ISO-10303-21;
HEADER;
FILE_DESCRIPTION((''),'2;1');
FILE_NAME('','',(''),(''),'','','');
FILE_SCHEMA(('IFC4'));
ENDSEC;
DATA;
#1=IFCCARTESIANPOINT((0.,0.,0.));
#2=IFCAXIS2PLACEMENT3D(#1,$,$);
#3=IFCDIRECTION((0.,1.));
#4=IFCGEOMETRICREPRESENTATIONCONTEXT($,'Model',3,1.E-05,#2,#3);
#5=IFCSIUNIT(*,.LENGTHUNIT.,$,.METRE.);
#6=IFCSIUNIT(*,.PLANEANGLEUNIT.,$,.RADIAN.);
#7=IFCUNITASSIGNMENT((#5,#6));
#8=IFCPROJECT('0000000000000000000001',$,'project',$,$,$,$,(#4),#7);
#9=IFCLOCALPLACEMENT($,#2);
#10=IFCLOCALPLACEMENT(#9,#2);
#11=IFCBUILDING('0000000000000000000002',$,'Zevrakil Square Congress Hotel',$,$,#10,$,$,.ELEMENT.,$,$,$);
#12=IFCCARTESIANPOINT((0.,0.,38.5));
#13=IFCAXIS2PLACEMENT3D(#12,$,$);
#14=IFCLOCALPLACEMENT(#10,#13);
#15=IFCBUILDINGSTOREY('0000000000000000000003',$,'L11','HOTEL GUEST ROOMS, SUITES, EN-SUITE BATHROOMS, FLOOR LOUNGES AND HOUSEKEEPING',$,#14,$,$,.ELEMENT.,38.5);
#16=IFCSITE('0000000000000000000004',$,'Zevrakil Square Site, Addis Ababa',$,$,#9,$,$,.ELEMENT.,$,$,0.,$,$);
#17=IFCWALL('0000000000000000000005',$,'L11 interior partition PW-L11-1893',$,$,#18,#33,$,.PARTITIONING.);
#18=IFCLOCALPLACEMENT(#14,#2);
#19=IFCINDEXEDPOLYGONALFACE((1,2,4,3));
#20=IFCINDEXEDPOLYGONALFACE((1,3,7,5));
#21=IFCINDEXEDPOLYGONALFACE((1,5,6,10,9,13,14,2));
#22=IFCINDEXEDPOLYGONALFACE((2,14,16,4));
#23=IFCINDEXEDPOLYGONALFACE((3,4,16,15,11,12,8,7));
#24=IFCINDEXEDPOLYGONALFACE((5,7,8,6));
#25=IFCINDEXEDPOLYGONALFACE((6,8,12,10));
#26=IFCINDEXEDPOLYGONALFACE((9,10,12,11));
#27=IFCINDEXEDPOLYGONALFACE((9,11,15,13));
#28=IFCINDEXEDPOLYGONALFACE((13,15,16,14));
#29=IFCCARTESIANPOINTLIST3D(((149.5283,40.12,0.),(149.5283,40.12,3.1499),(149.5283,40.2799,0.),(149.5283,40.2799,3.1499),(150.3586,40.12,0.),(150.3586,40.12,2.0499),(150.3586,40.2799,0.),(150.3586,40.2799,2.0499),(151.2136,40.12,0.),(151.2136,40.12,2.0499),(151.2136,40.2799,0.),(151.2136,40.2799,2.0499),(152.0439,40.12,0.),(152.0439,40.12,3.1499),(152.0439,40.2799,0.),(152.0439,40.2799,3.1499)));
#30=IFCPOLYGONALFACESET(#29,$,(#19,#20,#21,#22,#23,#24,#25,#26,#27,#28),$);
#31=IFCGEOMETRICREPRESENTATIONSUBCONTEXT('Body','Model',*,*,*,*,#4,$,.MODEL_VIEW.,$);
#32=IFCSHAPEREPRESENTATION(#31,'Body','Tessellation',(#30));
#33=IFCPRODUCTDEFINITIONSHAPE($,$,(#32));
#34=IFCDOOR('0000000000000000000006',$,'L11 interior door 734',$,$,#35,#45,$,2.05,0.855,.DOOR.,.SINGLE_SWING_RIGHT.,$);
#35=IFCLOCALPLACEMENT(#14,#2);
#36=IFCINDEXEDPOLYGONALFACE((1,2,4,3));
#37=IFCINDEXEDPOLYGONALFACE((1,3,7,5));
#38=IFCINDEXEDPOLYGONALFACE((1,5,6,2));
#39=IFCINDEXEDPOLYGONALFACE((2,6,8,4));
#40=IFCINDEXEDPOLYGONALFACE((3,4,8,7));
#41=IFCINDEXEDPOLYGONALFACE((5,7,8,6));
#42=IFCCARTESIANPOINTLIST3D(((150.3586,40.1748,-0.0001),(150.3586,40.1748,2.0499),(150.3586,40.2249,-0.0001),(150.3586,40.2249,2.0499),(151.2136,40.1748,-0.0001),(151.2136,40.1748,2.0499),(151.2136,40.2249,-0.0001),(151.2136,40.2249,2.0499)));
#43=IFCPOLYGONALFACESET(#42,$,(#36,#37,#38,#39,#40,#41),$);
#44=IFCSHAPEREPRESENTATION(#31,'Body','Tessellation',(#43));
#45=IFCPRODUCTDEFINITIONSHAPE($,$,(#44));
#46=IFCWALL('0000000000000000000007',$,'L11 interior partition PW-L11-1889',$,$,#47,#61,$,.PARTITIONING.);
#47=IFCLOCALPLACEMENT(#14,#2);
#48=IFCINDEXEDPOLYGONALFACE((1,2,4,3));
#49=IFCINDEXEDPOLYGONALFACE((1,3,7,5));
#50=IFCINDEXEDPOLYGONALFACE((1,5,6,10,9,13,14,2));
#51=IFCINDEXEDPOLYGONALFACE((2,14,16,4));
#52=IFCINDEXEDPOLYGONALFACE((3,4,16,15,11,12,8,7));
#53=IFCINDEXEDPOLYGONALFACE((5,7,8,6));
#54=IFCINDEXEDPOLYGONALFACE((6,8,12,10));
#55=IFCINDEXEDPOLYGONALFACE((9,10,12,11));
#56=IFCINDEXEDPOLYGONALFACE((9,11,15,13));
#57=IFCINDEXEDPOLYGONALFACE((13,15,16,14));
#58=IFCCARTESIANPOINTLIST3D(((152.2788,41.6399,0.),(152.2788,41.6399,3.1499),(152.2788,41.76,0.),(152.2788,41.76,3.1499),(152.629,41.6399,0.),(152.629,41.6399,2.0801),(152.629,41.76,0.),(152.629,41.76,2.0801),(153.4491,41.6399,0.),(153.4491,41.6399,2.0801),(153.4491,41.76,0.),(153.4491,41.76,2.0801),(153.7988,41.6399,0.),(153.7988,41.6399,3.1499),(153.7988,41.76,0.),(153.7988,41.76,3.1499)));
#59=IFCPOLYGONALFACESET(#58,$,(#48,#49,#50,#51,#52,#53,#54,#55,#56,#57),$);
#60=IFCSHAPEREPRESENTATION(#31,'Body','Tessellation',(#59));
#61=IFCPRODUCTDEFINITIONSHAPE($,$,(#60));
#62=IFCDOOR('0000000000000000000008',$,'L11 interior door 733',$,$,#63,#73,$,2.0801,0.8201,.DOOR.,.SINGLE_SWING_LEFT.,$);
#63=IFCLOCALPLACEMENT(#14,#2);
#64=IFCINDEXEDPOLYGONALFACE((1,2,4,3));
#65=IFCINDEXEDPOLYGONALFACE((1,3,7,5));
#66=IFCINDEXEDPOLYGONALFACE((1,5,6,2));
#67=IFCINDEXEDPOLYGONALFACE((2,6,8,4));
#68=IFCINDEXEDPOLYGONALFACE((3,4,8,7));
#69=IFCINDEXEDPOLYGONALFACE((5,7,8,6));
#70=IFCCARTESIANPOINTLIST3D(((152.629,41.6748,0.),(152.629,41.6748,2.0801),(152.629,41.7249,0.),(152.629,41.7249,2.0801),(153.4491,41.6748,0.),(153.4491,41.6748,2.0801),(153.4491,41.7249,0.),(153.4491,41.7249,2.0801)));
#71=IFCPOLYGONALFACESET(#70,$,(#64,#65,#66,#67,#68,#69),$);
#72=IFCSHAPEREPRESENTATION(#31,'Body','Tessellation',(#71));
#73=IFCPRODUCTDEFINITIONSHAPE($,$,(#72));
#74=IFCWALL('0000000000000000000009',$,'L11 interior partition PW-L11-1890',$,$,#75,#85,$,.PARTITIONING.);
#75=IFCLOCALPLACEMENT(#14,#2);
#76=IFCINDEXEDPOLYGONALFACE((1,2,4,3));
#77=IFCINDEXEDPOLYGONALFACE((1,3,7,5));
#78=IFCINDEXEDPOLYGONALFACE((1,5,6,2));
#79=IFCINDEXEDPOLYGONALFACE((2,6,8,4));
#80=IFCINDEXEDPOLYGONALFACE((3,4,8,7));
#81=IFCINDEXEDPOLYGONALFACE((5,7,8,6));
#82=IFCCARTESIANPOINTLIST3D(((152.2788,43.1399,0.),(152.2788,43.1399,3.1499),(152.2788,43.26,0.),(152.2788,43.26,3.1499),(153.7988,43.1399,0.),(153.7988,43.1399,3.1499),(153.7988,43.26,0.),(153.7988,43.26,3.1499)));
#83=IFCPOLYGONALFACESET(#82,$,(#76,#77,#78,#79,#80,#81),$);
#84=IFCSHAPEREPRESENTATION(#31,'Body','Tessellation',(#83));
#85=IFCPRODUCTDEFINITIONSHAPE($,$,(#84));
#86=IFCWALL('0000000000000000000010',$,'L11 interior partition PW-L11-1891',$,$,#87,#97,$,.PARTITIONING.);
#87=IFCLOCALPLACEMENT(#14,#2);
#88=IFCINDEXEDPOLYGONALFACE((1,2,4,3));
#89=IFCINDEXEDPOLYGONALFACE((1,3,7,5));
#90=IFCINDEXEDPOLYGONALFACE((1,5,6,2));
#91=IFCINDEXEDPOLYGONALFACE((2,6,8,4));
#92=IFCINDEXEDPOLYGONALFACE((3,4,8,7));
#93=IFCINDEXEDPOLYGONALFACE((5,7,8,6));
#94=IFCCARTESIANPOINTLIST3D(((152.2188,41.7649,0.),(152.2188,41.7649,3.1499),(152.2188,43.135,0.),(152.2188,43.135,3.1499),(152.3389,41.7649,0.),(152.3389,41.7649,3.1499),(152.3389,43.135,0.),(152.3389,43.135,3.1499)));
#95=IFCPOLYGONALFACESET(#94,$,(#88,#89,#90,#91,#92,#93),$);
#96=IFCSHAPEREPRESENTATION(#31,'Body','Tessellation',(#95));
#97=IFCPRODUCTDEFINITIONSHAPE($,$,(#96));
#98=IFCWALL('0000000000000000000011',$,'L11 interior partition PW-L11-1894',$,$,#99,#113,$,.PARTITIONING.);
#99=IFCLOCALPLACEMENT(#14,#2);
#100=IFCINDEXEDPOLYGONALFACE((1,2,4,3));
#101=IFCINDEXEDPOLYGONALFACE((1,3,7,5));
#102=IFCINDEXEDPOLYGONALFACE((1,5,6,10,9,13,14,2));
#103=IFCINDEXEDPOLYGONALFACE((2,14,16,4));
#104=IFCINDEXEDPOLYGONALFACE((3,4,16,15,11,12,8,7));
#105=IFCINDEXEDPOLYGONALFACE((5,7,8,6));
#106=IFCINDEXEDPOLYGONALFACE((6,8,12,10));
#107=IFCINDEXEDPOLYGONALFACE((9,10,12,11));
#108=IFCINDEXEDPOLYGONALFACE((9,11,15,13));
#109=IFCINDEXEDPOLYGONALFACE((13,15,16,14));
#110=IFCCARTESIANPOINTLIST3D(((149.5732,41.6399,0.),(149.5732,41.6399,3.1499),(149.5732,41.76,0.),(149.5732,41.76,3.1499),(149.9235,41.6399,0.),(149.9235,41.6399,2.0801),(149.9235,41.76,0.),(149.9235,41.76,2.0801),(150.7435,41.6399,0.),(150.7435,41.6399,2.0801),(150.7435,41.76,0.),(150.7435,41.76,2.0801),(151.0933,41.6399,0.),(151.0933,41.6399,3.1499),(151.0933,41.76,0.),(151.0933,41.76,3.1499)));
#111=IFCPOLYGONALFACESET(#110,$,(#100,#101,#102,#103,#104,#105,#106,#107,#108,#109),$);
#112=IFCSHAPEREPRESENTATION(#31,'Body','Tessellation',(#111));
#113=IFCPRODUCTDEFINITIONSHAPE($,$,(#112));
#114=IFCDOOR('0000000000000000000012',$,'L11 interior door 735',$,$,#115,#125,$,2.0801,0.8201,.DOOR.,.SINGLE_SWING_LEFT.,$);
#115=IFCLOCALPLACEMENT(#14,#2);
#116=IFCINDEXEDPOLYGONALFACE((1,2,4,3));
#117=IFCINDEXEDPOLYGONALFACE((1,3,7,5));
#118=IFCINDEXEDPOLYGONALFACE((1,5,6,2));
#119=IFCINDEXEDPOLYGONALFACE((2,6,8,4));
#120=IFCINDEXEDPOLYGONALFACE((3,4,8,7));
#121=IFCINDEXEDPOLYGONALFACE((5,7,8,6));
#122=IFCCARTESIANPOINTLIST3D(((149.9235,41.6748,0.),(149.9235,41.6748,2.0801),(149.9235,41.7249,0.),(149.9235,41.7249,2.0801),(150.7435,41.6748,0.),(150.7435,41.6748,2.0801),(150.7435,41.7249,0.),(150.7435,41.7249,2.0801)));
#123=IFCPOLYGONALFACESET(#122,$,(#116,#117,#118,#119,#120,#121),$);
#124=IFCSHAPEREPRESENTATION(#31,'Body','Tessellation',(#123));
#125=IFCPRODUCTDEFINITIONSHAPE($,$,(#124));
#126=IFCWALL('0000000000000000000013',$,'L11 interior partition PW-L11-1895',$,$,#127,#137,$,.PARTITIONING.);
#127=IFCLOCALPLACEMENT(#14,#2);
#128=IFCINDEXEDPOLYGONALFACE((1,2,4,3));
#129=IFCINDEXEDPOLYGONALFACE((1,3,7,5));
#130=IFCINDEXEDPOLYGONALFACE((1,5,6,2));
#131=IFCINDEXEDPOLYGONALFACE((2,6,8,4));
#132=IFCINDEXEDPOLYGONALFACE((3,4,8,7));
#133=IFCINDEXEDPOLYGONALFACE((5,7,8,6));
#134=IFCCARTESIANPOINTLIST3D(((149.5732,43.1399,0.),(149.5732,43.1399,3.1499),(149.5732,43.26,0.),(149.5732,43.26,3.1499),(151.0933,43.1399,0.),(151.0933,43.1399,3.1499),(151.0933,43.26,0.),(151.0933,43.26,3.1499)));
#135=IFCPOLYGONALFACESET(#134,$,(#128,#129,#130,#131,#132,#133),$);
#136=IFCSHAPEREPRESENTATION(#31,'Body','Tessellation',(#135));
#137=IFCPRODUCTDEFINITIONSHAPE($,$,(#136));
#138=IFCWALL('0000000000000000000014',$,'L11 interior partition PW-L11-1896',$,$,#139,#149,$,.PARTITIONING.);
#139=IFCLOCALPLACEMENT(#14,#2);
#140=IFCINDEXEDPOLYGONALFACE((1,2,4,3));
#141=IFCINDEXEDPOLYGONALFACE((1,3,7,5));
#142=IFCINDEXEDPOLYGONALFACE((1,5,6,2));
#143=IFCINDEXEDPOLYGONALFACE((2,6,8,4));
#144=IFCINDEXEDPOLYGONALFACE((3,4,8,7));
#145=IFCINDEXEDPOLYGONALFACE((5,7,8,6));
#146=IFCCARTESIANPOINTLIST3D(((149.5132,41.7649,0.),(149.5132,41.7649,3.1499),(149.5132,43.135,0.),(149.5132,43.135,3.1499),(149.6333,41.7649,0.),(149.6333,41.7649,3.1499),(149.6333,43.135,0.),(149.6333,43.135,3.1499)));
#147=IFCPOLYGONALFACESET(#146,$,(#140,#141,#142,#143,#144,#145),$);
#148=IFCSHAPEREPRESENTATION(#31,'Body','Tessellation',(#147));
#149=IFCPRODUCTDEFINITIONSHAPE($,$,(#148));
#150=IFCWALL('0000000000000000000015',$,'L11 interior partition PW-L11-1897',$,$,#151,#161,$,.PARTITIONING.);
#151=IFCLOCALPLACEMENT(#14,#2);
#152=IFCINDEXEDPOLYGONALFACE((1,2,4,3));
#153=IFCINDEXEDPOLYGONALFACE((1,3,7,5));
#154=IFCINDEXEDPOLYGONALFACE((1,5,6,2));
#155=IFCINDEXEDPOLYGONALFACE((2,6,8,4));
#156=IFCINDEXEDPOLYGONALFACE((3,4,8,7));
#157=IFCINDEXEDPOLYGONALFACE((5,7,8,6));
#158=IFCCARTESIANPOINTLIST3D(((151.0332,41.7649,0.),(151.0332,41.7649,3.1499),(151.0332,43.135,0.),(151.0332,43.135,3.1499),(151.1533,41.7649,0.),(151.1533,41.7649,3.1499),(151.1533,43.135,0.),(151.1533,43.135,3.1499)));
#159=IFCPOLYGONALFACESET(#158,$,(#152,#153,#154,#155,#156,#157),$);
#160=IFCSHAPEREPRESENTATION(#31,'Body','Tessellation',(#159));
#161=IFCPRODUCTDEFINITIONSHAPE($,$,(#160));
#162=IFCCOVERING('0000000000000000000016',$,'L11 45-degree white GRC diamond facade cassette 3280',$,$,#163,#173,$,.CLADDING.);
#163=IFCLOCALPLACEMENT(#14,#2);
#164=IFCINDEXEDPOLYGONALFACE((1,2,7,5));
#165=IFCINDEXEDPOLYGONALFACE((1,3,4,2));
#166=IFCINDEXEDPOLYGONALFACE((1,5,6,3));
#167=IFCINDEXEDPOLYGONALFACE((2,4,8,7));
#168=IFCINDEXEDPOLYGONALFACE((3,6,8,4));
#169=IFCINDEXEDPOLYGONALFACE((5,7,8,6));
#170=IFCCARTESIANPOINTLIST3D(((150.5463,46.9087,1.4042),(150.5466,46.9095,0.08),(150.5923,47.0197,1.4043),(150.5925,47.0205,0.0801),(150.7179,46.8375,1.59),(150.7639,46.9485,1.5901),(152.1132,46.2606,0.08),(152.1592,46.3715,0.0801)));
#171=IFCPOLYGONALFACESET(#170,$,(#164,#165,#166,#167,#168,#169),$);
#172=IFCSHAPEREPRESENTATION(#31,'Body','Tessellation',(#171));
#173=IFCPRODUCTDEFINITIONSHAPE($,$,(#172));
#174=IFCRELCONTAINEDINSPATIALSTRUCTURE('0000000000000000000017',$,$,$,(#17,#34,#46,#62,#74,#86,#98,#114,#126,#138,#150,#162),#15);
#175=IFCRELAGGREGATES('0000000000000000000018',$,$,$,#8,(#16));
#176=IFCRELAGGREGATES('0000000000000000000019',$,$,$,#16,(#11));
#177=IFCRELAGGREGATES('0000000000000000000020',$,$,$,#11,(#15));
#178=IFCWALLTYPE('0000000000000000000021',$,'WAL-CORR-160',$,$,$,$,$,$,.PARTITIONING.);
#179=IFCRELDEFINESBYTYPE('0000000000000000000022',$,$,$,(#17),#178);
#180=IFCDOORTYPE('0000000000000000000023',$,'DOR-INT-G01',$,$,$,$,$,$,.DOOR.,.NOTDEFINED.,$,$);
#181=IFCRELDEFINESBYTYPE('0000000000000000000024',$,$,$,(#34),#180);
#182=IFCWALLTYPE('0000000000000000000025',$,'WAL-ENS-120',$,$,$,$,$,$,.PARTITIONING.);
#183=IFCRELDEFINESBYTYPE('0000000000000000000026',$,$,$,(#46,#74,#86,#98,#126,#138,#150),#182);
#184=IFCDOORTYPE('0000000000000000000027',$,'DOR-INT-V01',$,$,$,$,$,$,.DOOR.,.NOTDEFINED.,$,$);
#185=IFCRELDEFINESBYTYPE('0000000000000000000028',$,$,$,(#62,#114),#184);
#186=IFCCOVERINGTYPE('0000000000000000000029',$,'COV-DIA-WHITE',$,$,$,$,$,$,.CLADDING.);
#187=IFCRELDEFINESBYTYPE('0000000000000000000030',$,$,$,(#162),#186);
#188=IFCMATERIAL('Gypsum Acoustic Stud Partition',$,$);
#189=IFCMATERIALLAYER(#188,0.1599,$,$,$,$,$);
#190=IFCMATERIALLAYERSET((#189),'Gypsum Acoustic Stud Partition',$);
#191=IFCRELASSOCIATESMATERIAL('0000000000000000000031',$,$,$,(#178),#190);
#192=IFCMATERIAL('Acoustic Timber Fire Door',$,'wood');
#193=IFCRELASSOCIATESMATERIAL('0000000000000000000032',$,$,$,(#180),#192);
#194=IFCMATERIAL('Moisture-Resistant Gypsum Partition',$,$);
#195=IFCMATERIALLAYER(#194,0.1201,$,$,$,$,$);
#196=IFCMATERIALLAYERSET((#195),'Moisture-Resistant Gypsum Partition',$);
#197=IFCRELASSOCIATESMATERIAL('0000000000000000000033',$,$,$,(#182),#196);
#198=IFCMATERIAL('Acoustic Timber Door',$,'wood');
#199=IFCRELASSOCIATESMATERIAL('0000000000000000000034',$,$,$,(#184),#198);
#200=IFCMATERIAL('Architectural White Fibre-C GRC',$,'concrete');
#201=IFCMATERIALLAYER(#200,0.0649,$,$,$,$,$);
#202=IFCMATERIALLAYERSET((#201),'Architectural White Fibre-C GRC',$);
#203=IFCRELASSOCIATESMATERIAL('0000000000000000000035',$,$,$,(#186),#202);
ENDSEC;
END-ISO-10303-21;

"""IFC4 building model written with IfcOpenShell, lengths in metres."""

from ifc_helpers import new_model, si_unit, direction, frame, frame_2d, origin, place, context, subcontext, project, spatial, polyline, rectangle, outline, extrude, material, layer, layer_set, type_object, element, fill, save


model = new_model("IFC4")

# Units and contexts
model_context = context("Model", 3, precision=1e-05, world=origin(), true_north=direction((0.0, 1.0)))
body_context = subcontext(model_context, "Body", "Model", "MODEL_VIEW")
ifc_project = project(units=[si_unit("LENGTHUNIT", "METRE"), si_unit("PLANEANGLEUNIT", "RADIAN")], contexts=[model_context])

# Site, building, storey
site_placement = place(None, origin())
site = spatial("IfcSite", under=ifc_project, at=site_placement, Name="Zevrakil Square Site, Addis Ababa", CompositionType="ELEMENT", RefElevation=0.0)
building_placement = place(site_placement, origin())
building = spatial("IfcBuilding", under=site, at=building_placement, Name="Zevrakil Square Congress Hotel", CompositionType="ELEMENT")
storey_placement = place(building_placement, frame((0.0, 0.0, 38.5)))
storey = spatial("IfcBuildingStorey", under=building, at=storey_placement, Name="L11", Description="HOTEL GUEST ROOMS, SUITES, EN-SUITE BATHROOMS, FLOOR LOUNGES AND HOUSEKEEPING", CompositionType="ELEMENT", Elevation=38.5)

# Walls, openings, doors
ifc_material_1 = material(Name="Gypsum Acoustic Stud Partition")
ifc_layer_1 = layer(ifc_material_1, 0.1599)
ifc_layer_set_1 = layer_set([ifc_layer_1], Name="Gypsum Acoustic Stud Partition")
wall_type_1 = type_object("IfcWallType", Name="WAL-CORR-160", PredefinedType="PARTITIONING", material=ifc_layer_set_1)
wall_1_placement = place(storey_placement, frame((149.5283, 40.2, 0.0), z_axis=(0.0, 0.0, 1.0), x_axis=(1.0, 0.0, 0.0)))
wall_1 = element("IfcWall", 1, at=wall_1_placement, inside=storey, type_object=wall_type_1, Name="L11 interior partition PW-L11-1893", PredefinedType="PARTITIONING", context=body_context, shape_type="SweptSolid", body=[
    extrude(rectangle(XDim=2.5156, YDim=0.1599, at=frame_2d((1.2578, 0.0))), origin(), (0.0, 0.0, 1.0), 3.1499),
])
opening_1_placement = place(wall_1_placement, frame((0.8303, 0.0, 0.0)))
opening_1 = element("IfcOpeningElement", 2, at=opening_1_placement, cuts=wall_1, PredefinedType="OPENING", context=body_context, shape_type="SweptSolid", body=[
    extrude(rectangle(XDim=0.855, YDim=2.05, at=frame_2d((0.4275, 1.0249))), frame((0.0, 0.0898, 0.0), z_axis=(0.0, -1.0, 0.0), x_axis=(1.0, 0.0, 0.0)), (0.0, 0.0, 1.0), 0.1799),
])
ifc_material_2 = material(Name="Acoustic Timber Fire Door", Category="wood")
door_type_1 = type_object("IfcDoorType", Name="DOR-INT-G01", OperationType="NOTDEFINED", PredefinedType="DOOR", material=ifc_material_2)
door_1_placement = place(opening_1_placement, origin())
door_1 = element("IfcDoor", 3, at=door_1_placement, inside=storey, type_object=door_type_1, Name="L11 interior door 734", OperationType="SINGLE_SWING_RIGHT", OverallHeight=2.05, OverallWidth=0.855, PredefinedType="DOOR", context=body_context, shape_type="SweptSolid", body=[
    extrude(rectangle(XDim=0.855, YDim=2.05, at=frame_2d((0.4275, 1.0249))), frame((0.0, 0.0249, 0.0), z_axis=(0.0, -1.0, 0.0), x_axis=(1.0, 0.0, 0.0)), (0.0, 0.0, 1.0), 0.05),
])
fill(opening_1, door_1)
ifc_material_3 = material(Name="Moisture-Resistant Gypsum Partition")
ifc_layer_2 = layer(ifc_material_3, 0.1201)
ifc_layer_set_2 = layer_set([ifc_layer_2], Name="Moisture-Resistant Gypsum Partition")
wall_type_2 = type_object("IfcWallType", Name="WAL-ENS-120", PredefinedType="PARTITIONING", material=ifc_layer_set_2)
wall_2_placement = place(storey_placement, frame((152.2788, 41.7, 0.0), z_axis=(0.0, 0.0, 1.0), x_axis=(1.0, 0.0, 0.0)))
wall_2 = element("IfcWall", 4, at=wall_2_placement, inside=storey, type_object=wall_type_2, Name="L11 interior partition PW-L11-1889", PredefinedType="PARTITIONING", context=body_context, shape_type="SweptSolid", body=[
    extrude(rectangle(XDim=1.52, YDim=0.1201, at=frame_2d((0.76, 0.0))), origin(), (0.0, 0.0, 1.0), 3.1499),
])
opening_2_placement = place(wall_2_placement, frame((0.3501, 0.0, 0.0)))
opening_2 = element("IfcOpeningElement", 5, at=opening_2_placement, cuts=wall_2, PredefinedType="OPENING", context=body_context, shape_type="SweptSolid", body=[
    extrude(rectangle(XDim=0.8201, YDim=2.0801, at=frame_2d((0.4102, 1.04))), frame((0.0, 0.0701, 0.0), z_axis=(0.0, -1.0, 0.0), x_axis=(1.0, 0.0, 0.0)), (0.0, 0.0, 1.0), 0.1401),
])
ifc_material_4 = material(Name="Acoustic Timber Door", Category="wood")
door_type_2 = type_object("IfcDoorType", Name="DOR-INT-V01", OperationType="NOTDEFINED", PredefinedType="DOOR", material=ifc_material_4)
door_2_placement = place(opening_2_placement, origin())
door_2 = element("IfcDoor", 6, at=door_2_placement, inside=storey, type_object=door_type_2, Name="L11 interior door 733", OperationType="SINGLE_SWING_LEFT", OverallHeight=2.0801, OverallWidth=0.8201, PredefinedType="DOOR", context=body_context, shape_type="SweptSolid", body=[
    extrude(rectangle(XDim=0.8201, YDim=2.0801, at=frame_2d((0.4102, 1.04))), frame((0.0, 0.0249, 0.0), z_axis=(0.0, -1.0, 0.0), x_axis=(1.0, 0.0, 0.0)), (0.0, 0.0, 1.0), 0.05),
])
fill(opening_2, door_2)

# Walls
wall_3_placement = place(storey_placement, frame((152.2788, 43.2, 0.0), z_axis=(0.0, 0.0, 1.0), x_axis=(1.0, 0.0, 0.0)))
element("IfcWall", 7, at=wall_3_placement, inside=storey, type_object=wall_type_2, Name="L11 interior partition PW-L11-1890", PredefinedType="PARTITIONING", context=body_context, shape_type="SweptSolid", body=[
    extrude(rectangle(XDim=1.52, YDim=0.1201, at=frame_2d((0.76, 0.0))), origin(), (0.0, 0.0, 1.0), 3.1499),
])
wall_4_placement = place(storey_placement, frame((152.2788, 41.7649, 0.0), z_axis=(0.0, 0.0, 1.0), x_axis=(0.0, 1.0, 0.0)))
element("IfcWall", 8, at=wall_4_placement, inside=storey, type_object=wall_type_2, Name="L11 interior partition PW-L11-1891", PredefinedType="PARTITIONING", context=body_context, shape_type="SweptSolid", body=[
    extrude(rectangle(XDim=1.3701, YDim=0.1201, at=frame_2d((0.6851, 0.0))), origin(), (0.0, 0.0, 1.0), 3.1499),
])

# Wall, opening, door
wall_5_placement = place(storey_placement, frame((149.5732, 41.7, 0.0), z_axis=(0.0, 0.0, 1.0), x_axis=(1.0, 0.0, 0.0)))
wall_5 = element("IfcWall", 9, at=wall_5_placement, inside=storey, type_object=wall_type_2, Name="L11 interior partition PW-L11-1894", PredefinedType="PARTITIONING", context=body_context, shape_type="SweptSolid", body=[
    extrude(rectangle(XDim=1.52, YDim=0.1201, at=frame_2d((0.76, 0.0))), origin(), (0.0, 0.0, 1.0), 3.1499),
])
opening_3_placement = place(wall_5_placement, frame((0.3501, 0.0, 0.0)))
opening_3 = element("IfcOpeningElement", 10, at=opening_3_placement, cuts=wall_5, PredefinedType="OPENING", context=body_context, shape_type="SweptSolid", body=[
    extrude(rectangle(XDim=0.8201, YDim=2.0801, at=frame_2d((0.4102, 1.04))), frame((0.0, 0.0701, 0.0), z_axis=(0.0, -1.0, 0.0), x_axis=(1.0, 0.0, 0.0)), (0.0, 0.0, 1.0), 0.1401),
])
door_3_placement = place(opening_3_placement, origin())
door_3 = element("IfcDoor", 11, at=door_3_placement, inside=storey, type_object=door_type_2, Name="L11 interior door 735", OperationType="SINGLE_SWING_LEFT", OverallHeight=2.0801, OverallWidth=0.8201, PredefinedType="DOOR", context=body_context, shape_type="SweptSolid", body=[
    extrude(rectangle(XDim=0.8201, YDim=2.0801, at=frame_2d((0.4102, 1.04))), frame((0.0, 0.0249, 0.0), z_axis=(0.0, -1.0, 0.0), x_axis=(1.0, 0.0, 0.0)), (0.0, 0.0, 1.0), 0.05),
])
fill(opening_3, door_3)

# Walls
wall_6_placement = place(storey_placement, frame((149.5732, 43.2, 0.0), z_axis=(0.0, 0.0, 1.0), x_axis=(1.0, 0.0, 0.0)))
element("IfcWall", 12, at=wall_6_placement, inside=storey, type_object=wall_type_2, Name="L11 interior partition PW-L11-1895", PredefinedType="PARTITIONING", context=body_context, shape_type="SweptSolid", body=[
    extrude(rectangle(XDim=1.52, YDim=0.1201, at=frame_2d((0.76, 0.0))), origin(), (0.0, 0.0, 1.0), 3.1499),
])
for number, where, z_axis, x_axis, name in (
    (13, (149.5732, 41.7649, 0.0), (0.0, 0.0, 1.0), (0.0, 1.0, 0.0), "L11 interior partition PW-L11-1896"),
    (14, (151.0933, 41.7649, 0.0), (0.0, 0.0, 1.0), (0.0, 1.0, 0.0), "L11 interior partition PW-L11-1897"),
):
    element("IfcWall", number, at=place(storey_placement, frame(where, z_axis=z_axis, x_axis=x_axis)), inside=storey, type_object=wall_type_2, Name=name, PredefinedType="PARTITIONING", context=body_context, shape_type="SweptSolid", body=[
        extrude(rectangle(XDim=1.3701, YDim=0.1201, at=frame_2d((0.6851, 0.0))), origin(), (0.0, 0.0, 1.0), 3.1499),
    ])

# Covering
ifc_material_5 = material(Name="Architectural White Fibre-C GRC", Category="concrete")
ifc_layer_3 = layer(ifc_material_5, 0.0649)
ifc_layer_set_3 = layer_set([ifc_layer_3], Name="Architectural White Fibre-C GRC")
covering_type_1 = type_object("IfcCoveringType", Name="COV-DIA-WHITE", PredefinedType="CLADDING", material=ifc_layer_set_3)
covering_1_placement = place(storey_placement, frame((150.7639, 46.9485, 1.5901), z_axis=(0.382715, 0.923866, 0.000626), x_axis=(-0.653202, 0.27107, -0.707)))
element("IfcCovering", 15, at=covering_1_placement, inside=storey, type_object=covering_type_1, Name="L11 45-degree white GRC diamond facade cassette 3280", PredefinedType="CLADDING", context=body_context, shape_type="SweptSolid", body=[
    extrude(outline(polyline([(0.0, 0.0), (0.2628, 0.0), (1.199, -0.9365), (-0.0002, -2.1353), (0.0, 0.0)])), origin(), (0.0, 0.0, -1.0), 0.1201),
])

save(model, "model.ifc")
